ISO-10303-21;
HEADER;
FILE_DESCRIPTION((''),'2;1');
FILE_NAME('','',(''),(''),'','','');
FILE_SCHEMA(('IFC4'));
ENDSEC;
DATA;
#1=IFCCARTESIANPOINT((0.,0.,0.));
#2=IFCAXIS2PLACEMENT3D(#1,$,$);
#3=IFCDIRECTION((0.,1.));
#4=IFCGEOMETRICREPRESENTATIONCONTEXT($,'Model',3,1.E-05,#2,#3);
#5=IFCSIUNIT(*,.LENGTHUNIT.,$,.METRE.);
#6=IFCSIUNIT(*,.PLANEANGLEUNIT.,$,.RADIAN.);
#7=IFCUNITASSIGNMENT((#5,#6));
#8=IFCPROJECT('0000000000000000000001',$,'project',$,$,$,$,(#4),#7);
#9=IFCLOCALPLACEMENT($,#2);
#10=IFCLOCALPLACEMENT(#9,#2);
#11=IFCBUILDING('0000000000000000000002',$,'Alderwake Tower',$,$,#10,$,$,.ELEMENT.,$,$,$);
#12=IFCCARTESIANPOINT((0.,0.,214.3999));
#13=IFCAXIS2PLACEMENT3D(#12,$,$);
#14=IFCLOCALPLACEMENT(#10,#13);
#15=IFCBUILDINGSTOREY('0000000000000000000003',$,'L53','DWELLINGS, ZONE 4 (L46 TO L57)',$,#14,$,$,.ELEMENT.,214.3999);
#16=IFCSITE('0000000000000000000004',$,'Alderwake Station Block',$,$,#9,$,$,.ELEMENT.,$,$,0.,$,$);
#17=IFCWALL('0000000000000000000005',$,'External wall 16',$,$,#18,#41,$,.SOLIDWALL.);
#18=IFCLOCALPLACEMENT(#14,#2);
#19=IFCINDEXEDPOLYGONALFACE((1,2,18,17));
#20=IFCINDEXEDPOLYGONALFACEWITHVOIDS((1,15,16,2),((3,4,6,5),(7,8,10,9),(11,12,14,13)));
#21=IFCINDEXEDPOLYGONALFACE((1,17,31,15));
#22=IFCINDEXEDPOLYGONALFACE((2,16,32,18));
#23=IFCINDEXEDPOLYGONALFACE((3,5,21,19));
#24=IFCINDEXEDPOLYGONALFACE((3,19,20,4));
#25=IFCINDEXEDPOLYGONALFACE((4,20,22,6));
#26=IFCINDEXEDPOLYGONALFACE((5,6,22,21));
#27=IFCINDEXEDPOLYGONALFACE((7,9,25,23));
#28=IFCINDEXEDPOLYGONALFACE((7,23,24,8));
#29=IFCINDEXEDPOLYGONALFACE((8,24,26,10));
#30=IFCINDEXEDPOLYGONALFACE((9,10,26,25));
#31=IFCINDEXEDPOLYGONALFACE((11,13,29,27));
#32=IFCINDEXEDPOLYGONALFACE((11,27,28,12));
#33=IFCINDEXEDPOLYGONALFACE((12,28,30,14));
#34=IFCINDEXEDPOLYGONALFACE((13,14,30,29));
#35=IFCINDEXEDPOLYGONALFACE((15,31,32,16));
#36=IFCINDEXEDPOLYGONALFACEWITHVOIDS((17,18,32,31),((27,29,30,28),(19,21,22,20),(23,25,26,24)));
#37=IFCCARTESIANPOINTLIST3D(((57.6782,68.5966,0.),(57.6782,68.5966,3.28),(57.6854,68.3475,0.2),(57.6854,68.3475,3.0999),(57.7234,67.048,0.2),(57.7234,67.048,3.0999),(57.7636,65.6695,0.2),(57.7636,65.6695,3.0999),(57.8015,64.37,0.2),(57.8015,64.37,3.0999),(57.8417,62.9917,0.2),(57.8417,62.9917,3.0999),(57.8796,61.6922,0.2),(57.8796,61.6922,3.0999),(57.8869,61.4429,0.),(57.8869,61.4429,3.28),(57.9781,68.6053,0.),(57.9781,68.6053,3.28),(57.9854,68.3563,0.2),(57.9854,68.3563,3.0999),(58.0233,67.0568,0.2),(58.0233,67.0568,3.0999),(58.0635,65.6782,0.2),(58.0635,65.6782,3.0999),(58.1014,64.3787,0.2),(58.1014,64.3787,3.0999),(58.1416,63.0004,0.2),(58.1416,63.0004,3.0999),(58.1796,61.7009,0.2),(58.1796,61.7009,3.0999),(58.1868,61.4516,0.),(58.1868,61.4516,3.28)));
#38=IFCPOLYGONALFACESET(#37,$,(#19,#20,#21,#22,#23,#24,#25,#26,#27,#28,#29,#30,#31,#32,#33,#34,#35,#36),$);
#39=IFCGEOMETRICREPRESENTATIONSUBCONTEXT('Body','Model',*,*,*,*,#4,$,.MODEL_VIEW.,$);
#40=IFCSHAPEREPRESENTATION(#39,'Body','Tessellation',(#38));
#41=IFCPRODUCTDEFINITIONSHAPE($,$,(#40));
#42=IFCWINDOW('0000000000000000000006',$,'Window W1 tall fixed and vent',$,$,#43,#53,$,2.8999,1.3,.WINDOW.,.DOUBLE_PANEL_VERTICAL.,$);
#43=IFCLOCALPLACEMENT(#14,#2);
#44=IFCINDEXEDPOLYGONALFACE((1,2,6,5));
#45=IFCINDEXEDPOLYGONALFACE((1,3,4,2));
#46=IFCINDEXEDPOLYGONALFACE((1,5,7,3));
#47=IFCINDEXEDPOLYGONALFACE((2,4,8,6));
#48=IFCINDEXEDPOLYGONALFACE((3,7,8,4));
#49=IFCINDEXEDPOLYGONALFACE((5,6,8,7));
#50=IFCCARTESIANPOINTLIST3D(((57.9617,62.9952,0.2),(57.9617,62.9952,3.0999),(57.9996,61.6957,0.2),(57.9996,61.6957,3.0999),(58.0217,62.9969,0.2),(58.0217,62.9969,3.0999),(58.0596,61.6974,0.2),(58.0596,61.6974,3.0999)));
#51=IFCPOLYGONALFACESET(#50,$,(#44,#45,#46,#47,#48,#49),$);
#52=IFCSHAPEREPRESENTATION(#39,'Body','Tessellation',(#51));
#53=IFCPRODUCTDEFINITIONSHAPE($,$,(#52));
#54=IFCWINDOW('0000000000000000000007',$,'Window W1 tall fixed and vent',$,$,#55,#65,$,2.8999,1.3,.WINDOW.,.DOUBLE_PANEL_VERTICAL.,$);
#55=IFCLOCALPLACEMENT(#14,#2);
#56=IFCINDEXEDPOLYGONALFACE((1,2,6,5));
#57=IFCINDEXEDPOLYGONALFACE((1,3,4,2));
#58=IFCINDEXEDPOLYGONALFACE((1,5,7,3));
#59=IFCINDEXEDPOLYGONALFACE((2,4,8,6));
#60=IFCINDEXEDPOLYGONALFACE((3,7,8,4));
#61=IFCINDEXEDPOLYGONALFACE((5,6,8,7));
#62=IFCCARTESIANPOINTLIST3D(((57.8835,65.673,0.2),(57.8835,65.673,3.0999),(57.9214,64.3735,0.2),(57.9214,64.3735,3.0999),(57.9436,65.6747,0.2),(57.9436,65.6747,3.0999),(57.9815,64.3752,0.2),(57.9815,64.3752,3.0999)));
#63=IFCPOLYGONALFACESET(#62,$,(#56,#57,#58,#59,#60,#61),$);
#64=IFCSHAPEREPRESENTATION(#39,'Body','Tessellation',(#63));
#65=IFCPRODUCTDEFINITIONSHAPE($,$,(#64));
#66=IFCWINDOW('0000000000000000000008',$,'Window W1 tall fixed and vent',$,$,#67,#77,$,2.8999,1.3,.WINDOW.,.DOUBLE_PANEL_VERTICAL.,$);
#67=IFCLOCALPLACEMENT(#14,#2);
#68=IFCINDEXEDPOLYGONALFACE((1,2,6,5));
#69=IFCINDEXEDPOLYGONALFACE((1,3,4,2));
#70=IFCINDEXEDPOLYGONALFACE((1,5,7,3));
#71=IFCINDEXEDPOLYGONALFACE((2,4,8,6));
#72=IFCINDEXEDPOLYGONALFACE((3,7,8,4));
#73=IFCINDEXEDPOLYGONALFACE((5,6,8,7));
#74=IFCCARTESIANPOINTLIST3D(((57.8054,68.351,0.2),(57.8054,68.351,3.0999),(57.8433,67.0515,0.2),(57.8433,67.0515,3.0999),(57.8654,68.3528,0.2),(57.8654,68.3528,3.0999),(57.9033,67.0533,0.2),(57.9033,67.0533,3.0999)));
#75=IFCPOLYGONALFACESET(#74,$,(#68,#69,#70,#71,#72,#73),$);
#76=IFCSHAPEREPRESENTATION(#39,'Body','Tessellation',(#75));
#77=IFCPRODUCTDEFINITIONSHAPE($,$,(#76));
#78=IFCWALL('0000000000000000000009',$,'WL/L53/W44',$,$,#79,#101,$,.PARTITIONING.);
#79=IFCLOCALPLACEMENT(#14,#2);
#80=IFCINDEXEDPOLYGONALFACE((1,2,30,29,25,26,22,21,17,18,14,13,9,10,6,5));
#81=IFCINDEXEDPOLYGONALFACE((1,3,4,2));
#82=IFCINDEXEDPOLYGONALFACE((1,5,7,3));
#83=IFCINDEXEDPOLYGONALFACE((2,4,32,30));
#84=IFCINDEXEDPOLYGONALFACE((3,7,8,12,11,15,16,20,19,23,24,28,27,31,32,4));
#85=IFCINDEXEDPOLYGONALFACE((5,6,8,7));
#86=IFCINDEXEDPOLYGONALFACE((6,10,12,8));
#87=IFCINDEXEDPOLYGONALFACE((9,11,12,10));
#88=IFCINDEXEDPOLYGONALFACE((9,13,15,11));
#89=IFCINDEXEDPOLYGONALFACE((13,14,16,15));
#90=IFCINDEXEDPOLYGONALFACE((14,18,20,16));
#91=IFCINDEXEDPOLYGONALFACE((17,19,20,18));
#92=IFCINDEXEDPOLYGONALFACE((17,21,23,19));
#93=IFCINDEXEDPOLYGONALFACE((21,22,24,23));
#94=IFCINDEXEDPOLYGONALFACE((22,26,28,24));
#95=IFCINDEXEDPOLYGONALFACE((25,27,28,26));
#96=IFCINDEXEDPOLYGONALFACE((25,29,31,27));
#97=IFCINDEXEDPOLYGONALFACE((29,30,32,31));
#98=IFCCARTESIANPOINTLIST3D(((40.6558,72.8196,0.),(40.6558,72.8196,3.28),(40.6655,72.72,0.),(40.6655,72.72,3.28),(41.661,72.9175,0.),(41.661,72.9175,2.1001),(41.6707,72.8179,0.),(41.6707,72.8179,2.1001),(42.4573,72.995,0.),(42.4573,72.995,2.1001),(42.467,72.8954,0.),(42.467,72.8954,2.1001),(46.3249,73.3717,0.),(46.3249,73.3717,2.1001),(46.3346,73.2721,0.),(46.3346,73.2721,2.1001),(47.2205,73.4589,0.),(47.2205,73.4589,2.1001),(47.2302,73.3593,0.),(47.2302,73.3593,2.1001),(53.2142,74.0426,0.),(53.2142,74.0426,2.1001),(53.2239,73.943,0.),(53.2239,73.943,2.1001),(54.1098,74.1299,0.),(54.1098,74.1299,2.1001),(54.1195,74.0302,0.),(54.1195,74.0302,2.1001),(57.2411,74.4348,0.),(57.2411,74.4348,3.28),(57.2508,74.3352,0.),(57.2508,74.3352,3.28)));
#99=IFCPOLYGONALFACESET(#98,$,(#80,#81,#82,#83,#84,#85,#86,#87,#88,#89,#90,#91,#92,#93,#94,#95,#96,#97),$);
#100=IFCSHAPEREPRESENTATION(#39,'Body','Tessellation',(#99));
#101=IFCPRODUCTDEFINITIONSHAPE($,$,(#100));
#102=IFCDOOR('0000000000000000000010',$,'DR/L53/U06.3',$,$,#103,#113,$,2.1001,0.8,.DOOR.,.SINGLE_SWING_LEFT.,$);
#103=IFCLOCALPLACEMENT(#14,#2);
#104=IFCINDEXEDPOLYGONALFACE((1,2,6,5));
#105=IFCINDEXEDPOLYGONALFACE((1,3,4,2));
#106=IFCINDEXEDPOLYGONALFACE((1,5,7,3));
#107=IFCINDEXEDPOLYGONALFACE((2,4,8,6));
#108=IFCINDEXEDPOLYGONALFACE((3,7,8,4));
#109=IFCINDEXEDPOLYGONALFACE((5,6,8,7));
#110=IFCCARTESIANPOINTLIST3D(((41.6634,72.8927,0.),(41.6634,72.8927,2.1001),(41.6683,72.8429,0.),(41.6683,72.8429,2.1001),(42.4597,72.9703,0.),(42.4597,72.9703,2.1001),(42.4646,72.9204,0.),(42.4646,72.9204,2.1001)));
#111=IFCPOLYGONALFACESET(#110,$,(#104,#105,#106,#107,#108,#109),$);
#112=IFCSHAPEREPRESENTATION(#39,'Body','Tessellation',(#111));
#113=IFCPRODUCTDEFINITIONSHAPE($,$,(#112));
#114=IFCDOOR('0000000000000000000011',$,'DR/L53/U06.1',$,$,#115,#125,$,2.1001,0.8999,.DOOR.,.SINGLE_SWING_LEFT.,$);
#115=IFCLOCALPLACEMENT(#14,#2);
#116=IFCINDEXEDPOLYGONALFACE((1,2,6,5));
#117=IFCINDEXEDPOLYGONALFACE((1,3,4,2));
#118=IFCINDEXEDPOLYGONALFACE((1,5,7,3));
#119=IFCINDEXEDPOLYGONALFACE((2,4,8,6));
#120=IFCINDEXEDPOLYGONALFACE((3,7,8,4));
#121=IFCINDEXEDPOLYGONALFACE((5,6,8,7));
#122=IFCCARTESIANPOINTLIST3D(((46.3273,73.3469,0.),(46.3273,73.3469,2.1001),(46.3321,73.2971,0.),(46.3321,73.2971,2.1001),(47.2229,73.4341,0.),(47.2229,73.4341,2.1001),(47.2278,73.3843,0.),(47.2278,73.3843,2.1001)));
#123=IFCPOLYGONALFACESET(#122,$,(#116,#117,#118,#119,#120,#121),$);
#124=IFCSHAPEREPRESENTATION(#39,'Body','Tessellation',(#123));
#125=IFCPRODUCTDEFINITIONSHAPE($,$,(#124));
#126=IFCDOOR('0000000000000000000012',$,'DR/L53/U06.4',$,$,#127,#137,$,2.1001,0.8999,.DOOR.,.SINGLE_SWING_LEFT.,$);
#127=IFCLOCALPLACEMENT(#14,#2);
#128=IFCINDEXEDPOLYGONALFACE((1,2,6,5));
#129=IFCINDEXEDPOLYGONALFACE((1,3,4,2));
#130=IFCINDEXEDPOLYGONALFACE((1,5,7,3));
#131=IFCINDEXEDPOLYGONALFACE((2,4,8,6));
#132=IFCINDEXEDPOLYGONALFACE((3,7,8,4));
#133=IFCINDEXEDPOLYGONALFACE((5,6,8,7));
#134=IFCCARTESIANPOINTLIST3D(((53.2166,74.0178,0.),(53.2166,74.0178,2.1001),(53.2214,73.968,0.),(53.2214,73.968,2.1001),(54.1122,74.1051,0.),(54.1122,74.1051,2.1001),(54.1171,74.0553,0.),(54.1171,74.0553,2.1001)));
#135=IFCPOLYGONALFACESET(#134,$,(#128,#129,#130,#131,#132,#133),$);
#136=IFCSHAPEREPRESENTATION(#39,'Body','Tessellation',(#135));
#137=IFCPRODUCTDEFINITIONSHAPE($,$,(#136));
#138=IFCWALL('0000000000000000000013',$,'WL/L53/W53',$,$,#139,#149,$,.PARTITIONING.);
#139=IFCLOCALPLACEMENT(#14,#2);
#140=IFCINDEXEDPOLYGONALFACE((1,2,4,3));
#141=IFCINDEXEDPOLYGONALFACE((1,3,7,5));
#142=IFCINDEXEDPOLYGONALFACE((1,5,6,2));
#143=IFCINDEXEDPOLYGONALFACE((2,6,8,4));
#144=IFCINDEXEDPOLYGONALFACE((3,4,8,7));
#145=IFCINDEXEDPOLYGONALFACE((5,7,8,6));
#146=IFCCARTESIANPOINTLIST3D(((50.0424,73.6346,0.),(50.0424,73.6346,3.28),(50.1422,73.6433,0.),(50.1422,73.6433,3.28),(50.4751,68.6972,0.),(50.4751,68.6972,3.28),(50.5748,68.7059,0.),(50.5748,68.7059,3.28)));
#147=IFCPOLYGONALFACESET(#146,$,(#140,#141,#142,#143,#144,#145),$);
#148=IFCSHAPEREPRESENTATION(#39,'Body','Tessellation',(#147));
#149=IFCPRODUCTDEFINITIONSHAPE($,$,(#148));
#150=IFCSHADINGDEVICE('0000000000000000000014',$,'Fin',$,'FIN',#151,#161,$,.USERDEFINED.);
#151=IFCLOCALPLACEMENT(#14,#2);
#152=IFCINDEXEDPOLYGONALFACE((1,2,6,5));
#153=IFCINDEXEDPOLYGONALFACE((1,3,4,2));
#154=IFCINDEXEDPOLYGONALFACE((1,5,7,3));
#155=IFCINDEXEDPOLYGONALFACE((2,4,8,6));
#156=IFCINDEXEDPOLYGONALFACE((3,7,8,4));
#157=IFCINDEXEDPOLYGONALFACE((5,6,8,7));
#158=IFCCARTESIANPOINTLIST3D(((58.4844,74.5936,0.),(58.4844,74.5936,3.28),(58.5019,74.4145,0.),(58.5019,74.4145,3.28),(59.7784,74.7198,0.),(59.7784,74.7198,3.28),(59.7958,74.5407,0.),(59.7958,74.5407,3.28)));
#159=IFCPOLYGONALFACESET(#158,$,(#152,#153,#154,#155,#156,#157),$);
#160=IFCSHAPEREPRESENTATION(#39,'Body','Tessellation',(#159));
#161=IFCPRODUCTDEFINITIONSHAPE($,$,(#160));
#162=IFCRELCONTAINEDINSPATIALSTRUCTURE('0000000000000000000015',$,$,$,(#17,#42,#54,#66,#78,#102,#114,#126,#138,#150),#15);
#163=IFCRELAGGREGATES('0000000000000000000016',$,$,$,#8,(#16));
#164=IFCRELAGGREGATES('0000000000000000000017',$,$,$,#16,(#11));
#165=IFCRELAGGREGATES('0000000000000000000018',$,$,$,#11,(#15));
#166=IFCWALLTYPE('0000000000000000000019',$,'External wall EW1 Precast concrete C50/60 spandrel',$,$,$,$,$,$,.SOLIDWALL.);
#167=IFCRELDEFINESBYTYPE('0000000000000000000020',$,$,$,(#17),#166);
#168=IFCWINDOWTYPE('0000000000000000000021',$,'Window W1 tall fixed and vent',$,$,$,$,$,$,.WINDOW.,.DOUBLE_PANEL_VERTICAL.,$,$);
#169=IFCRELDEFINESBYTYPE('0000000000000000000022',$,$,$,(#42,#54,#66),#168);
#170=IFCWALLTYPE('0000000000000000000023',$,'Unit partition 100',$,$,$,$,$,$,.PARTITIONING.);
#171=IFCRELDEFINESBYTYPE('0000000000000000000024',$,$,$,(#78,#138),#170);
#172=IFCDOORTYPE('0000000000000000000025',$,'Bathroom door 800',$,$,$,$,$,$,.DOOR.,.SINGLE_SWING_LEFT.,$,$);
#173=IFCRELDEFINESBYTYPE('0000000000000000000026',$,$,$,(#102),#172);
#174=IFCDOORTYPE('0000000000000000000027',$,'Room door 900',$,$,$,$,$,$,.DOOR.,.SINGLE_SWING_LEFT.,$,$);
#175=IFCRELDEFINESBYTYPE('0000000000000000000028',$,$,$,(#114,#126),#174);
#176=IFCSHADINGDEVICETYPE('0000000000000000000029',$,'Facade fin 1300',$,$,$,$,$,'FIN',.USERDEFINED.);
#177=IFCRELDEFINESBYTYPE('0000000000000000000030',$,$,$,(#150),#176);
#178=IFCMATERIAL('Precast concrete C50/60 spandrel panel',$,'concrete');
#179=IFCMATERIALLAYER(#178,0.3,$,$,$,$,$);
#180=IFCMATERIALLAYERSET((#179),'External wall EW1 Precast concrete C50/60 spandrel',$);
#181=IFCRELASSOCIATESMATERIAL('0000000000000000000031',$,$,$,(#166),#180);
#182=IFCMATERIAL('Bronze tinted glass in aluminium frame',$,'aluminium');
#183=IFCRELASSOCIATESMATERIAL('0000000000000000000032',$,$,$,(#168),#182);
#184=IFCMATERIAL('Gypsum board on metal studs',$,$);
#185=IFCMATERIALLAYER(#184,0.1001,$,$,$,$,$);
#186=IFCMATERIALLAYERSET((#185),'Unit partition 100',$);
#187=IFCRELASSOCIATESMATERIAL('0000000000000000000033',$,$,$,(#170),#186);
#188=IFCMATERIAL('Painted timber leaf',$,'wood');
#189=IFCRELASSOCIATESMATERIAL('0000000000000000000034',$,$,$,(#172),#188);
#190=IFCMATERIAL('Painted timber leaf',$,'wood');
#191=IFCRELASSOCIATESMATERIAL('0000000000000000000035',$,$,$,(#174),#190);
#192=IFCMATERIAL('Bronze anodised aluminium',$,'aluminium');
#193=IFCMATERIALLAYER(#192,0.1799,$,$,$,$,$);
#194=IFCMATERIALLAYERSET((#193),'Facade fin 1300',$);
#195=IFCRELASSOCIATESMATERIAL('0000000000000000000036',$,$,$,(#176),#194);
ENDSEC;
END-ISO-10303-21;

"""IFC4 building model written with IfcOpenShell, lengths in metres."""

from ifc_helpers import new_model, si_unit, direction, frame, frame_2d, origin, origin_2d, place, context, subcontext, project, spatial, rectangle, extrude, material, layer, layer_set, type_object, element, fill, save


model = new_model("IFC4")

# Units and contexts
model_context = context("Model", 3, precision=1e-05, world=origin(), true_north=direction((0.0, 1.0)))
body_context = subcontext(model_context, "Body", "Model", "MODEL_VIEW")
ifc_project = project(units=[si_unit("LENGTHUNIT", "METRE"), si_unit("PLANEANGLEUNIT", "RADIAN")], contexts=[model_context])

# Site, building, storey
site_placement = place(None, origin())
site = spatial("IfcSite", under=ifc_project, at=site_placement, Name="Alderwake Station Block", CompositionType="ELEMENT", RefElevation=0.0)
building_placement = place(site_placement, origin())
building = spatial("IfcBuilding", under=site, at=building_placement, Name="Alderwake Tower", CompositionType="ELEMENT")
storey_placement = place(building_placement, frame((0.0, 0.0, 214.3999)))
storey = spatial("IfcBuildingStorey", under=building, at=storey_placement, Name="L53", Description="DWELLINGS, ZONE 4 (L46 TO L57)", CompositionType="ELEMENT", Elevation=214.3999)

# Wall, openings, windows
ifc_material_1 = material(Name="Precast concrete C50/60 spandrel panel", Category="concrete")
ifc_layer_1 = layer(ifc_material_1, 0.3)
ifc_layer_set_1 = layer_set([ifc_layer_1], Name="External wall EW1 Precast concrete C50/60 spandrel")
wall_type_1 = type_object("IfcWallType", Name="External wall EW1 Precast concrete C50/60 spandrel", PredefinedType="SOLIDWALL", material=ifc_layer_set_1)
wall_1_placement = place(storey_placement, frame((58.0369, 61.4473, 0.0), z_axis=(0.0, 0.0, 1.0), x_axis=(-0.029166, 0.999575, 0.0)))
wall_1 = element("IfcWall", 1, at=wall_1_placement, inside=storey, type_object=wall_type_1, Name="External wall 16", PredefinedType="SOLIDWALL", context=body_context, shape_type="SweptSolid", body=[
    extrude(rectangle(XDim=7.1567, YDim=0.3, at=frame_2d((3.5784, 0.0))), origin(), (0.0, 0.0, 1.0), 3.28),
])
opening_1_placement = place(wall_1_placement, frame((0.2495, 0.0, 0.2)))
opening_1 = element("IfcOpeningElement", 2, at=opening_1_placement, cuts=wall_1, PredefinedType="OPENING", context=body_context, shape_type="SweptSolid", body=[
    extrude(rectangle(XDim=1.3, YDim=2.8999, at=frame_2d((0.6499, 1.45))), frame((0.0, 0.1599, 0.0), z_axis=(0.0, -1.0, 0.0), x_axis=(1.0, 0.0, 0.0)), (0.0, 0.0, 1.0), 0.3201),
])
opening_2_placement = place(wall_1_placement, frame((2.9285, 0.0, 0.2)))
opening_2 = element("IfcOpeningElement", 3, at=opening_2_placement, cuts=wall_1, PredefinedType="OPENING", context=body_context, shape_type="SweptSolid", body=[
    extrude(rectangle(XDim=1.3, YDim=2.8999, at=frame_2d((0.6499, 1.45))), frame((0.0, 0.1599, 0.0), z_axis=(0.0, -1.0, 0.0), x_axis=(1.0, 0.0, 0.0)), (0.0, 0.0, 1.0), 0.3201),
])
opening_3_placement = place(wall_1_placement, frame((5.6077, 0.0, 0.2)))
opening_3 = element("IfcOpeningElement", 4, at=opening_3_placement, cuts=wall_1, PredefinedType="OPENING", context=body_context, shape_type="SweptSolid", body=[
    extrude(rectangle(XDim=1.3, YDim=2.8999, at=frame_2d((0.6499, 1.45))), frame((0.0, 0.1599, 0.0), z_axis=(0.0, -1.0, 0.0), x_axis=(1.0, 0.0, 0.0)), (0.0, 0.0, 1.0), 0.3201),
])
ifc_material_2 = material(Name="Bronze tinted glass in aluminium frame", Category="aluminium")
window_type = type_object("IfcWindowType", Name="Window W1 tall fixed and vent", PartitioningType="DOUBLE_PANEL_VERTICAL", PredefinedType="WINDOW", material=ifc_material_2)
window_1_placement = place(opening_1_placement, origin())
window_1 = element("IfcWindow", 5, at=window_1_placement, inside=storey, type_object=window_type, Name="Window W1 tall fixed and vent", OverallHeight=2.8999, OverallWidth=1.3, PartitioningType="DOUBLE_PANEL_VERTICAL", PredefinedType="WINDOW", context=body_context, shape_type="SweptSolid", body=[
    extrude(rectangle(XDim=1.3, YDim=2.8999, at=frame_2d((0.6499, 1.45))), frame((0.0, 0.03, 0.0), z_axis=(0.0, -1.0, 0.0), x_axis=(1.0, 0.0, 0.0)), (0.0, 0.0, 1.0), 0.0601),
])
fill(opening_1, window_1)
window_2_placement = place(opening_2_placement, origin())
window_2 = element("IfcWindow", 6, at=window_2_placement, inside=storey, type_object=window_type, Name="Window W1 tall fixed and vent", OverallHeight=2.8999, OverallWidth=1.3, PartitioningType="DOUBLE_PANEL_VERTICAL", PredefinedType="WINDOW", context=body_context, shape_type="SweptSolid", body=[
    extrude(rectangle(XDim=1.3, YDim=2.8999, at=frame_2d((0.6499, 1.45))), frame((0.0, 0.03, 0.0), z_axis=(0.0, -1.0, 0.0), x_axis=(1.0, 0.0, 0.0)), (0.0, 0.0, 1.0), 0.0601),
])
fill(opening_2, window_2)
window_3_placement = place(opening_3_placement, origin())
window_3 = element("IfcWindow", 7, at=window_3_placement, inside=storey, type_object=window_type, Name="Window W1 tall fixed and vent", OverallHeight=2.8999, OverallWidth=1.3, PartitioningType="DOUBLE_PANEL_VERTICAL", PredefinedType="WINDOW", context=body_context, shape_type="SweptSolid", body=[
    extrude(rectangle(XDim=1.3, YDim=2.8999, at=frame_2d((0.6499, 1.45))), frame((0.0, 0.03, 0.0), z_axis=(0.0, -1.0, 0.0), x_axis=(1.0, 0.0, 0.0)), (0.0, 0.0, 1.0), 0.0601),
])
fill(opening_3, window_3)

# Wall, openings, doors
ifc_material_3 = material(Name="Gypsum board on metal studs")
ifc_layer_2 = layer(ifc_material_3, 0.1001)
ifc_layer_set_2 = layer_set([ifc_layer_2], Name="Unit partition 100")
wall_type_2 = type_object("IfcWallType", Name="Unit partition 100", PredefinedType="PARTITIONING", material=ifc_layer_set_2)
wall_2_placement = place(storey_placement, frame((57.2461, 74.385, 0.0), z_axis=(0.0, 0.0, 1.0), x_axis=(-0.995291, -0.09693, 0.0)))
wall_2 = element("IfcWall", 8, at=wall_2_placement, inside=storey, type_object=wall_type_2, Name="WL/L53/W44", PredefinedType="PARTITIONING", context=body_context, shape_type="SweptSolid", body=[
    extrude(rectangle(XDim=16.6638, YDim=0.1001, at=frame_2d((8.332, 0.0))), origin(), (0.0, 0.0, 1.0), 3.28),
])
opening_4_placement = place(wall_2_placement, frame((10.0681, 0.0, 0.0)))
opening_4 = element("IfcOpeningElement", 9, at=opening_4_placement, cuts=wall_2, PredefinedType="OPENING", context=body_context, shape_type="SweptSolid", body=[
    extrude(rectangle(XDim=0.8999, YDim=2.1001, at=frame_2d((0.45, 1.05))), frame((0.0, 0.0601, 0.0), z_axis=(0.0, -1.0, 0.0), x_axis=(1.0, 0.0, 0.0)), (0.0, 0.0, 1.0), 0.1201),
])
opening_5_placement = place(wall_2_placement, frame((14.854, 0.0, 0.0)))
opening_5 = element("IfcOpeningElement", 10, at=opening_5_placement, cuts=wall_2, PredefinedType="OPENING", context=body_context, shape_type="SweptSolid", body=[
    extrude(rectangle(XDim=0.8, YDim=2.1001, at=frame_2d((0.3999, 1.05))), frame((0.0, 0.0601, 0.0), z_axis=(0.0, -1.0, 0.0), x_axis=(1.0, 0.0, 0.0)), (0.0, 0.0, 1.0), 0.1201),
])
opening_6_placement = place(wall_2_placement, frame((3.1462, 0.0, 0.0)))
opening_6 = element("IfcOpeningElement", 11, at=opening_6_placement, cuts=wall_2, PredefinedType="OPENING", context=body_context, shape_type="SweptSolid", body=[
    extrude(rectangle(XDim=0.8999, YDim=2.1001, at=frame_2d((0.45, 1.05))), frame((0.0, 0.0601, 0.0), z_axis=(0.0, -1.0, 0.0), x_axis=(1.0, 0.0, 0.0)), (0.0, 0.0, 1.0), 0.1201),
])
ifc_material_4 = material(Name="Painted timber leaf", Category="wood")
door_type_1 = type_object("IfcDoorType", Name="Bathroom door 800", OperationType="SINGLE_SWING_LEFT", PredefinedType="DOOR", material=ifc_material_4)
door_1_placement = place(opening_5_placement, origin())
door_1 = element("IfcDoor", 12, at=door_1_placement, inside=storey, type_object=door_type_1, Name="DR/L53/U06.3", OperationType="SINGLE_SWING_LEFT", OverallHeight=2.1001, OverallWidth=0.8, PredefinedType="DOOR", context=body_context, shape_type="SweptSolid", body=[
    extrude(rectangle(XDim=0.8, YDim=2.1001, at=frame_2d((0.3999, 1.05))), frame((0.0, 0.0249, 0.0), z_axis=(0.0, -1.0, 0.0), x_axis=(1.0, 0.0, 0.0)), (0.0, 0.0, 1.0), 0.05),
])
fill(opening_5, door_1)
ifc_material_5 = material(Name="Painted timber leaf", Category="wood")
door_type_2 = type_object("IfcDoorType", Name="Room door 900", OperationType="SINGLE_SWING_LEFT", PredefinedType="DOOR", material=ifc_material_5)
door_2_placement = place(opening_4_placement, origin())
door_2 = element("IfcDoor", 13, at=door_2_placement, inside=storey, type_object=door_type_2, Name="DR/L53/U06.1", OperationType="SINGLE_SWING_LEFT", OverallHeight=2.1001, OverallWidth=0.8999, PredefinedType="DOOR", context=body_context, shape_type="SweptSolid", body=[
    extrude(rectangle(XDim=0.8999, YDim=2.1001, at=frame_2d((0.45, 1.05))), frame((0.0, 0.0249, 0.0), z_axis=(0.0, -1.0, 0.0), x_axis=(1.0, 0.0, 0.0)), (0.0, 0.0, 1.0), 0.05),
])
fill(opening_4, door_2)
door_3_placement = place(opening_6_placement, origin())
door_3 = element("IfcDoor", 14, at=door_3_placement, inside=storey, type_object=door_type_2, Name="DR/L53/U06.4", OperationType="SINGLE_SWING_LEFT", OverallHeight=2.1001, OverallWidth=0.8999, PredefinedType="DOOR", context=body_context, shape_type="SweptSolid", body=[
    extrude(rectangle(XDim=0.8999, YDim=2.1001, at=frame_2d((0.45, 1.05))), frame((0.0, 0.0249, 0.0), z_axis=(0.0, -1.0, 0.0), x_axis=(1.0, 0.0, 0.0)), (0.0, 0.0, 1.0), 0.05),
])
fill(opening_6, door_3)

# Wall
wall_3_placement = place(storey_placement, frame((50.5249, 68.7017, 0.0), z_axis=(0.0, 0.0, 1.0), x_axis=(-0.087284, 0.996183, 0.0)))
element("IfcWall", 15, at=wall_3_placement, inside=storey, type_object=wall_type_2, Name="WL/L53/W53", PredefinedType="PARTITIONING", context=body_context, shape_type="SweptSolid", body=[
    extrude(rectangle(XDim=4.9563, YDim=0.1001, at=frame_2d((2.478, 0.0))), origin(), (0.0, 0.0, 1.0), 3.28),
])

# Shading device
ifc_material_6 = material(Name="Bronze anodised aluminium", Category="aluminium")
ifc_layer_3 = layer(ifc_material_6, 0.1799)
ifc_layer_set_3 = layer_set([ifc_layer_3], Name="Facade fin 1300")
shading_device_type = type_object("IfcShadingDeviceType", Name="Facade fin 1300", ElementType="FIN", PredefinedType="USERDEFINED", material=ifc_layer_set_3)
for number, where, z_axis, x_axis, name in (
    (16, (59.1401, 74.5671, 0.0), (0.0, 0.0, 1.0), (0.99528, 0.097046, 0.0), "Fin"),
):
    element("IfcShadingDevice", number, at=place(storey_placement, frame(where, z_axis=z_axis, x_axis=x_axis)), inside=storey, type_object=shading_device_type, Name=name, ObjectType="FIN", PredefinedType="USERDEFINED", context=body_context, shape_type="SweptSolid", body=[
        extrude(rectangle(XDim=1.3, YDim=0.1799, at=origin_2d()), origin(), (0.0, 0.0, 1.0), 3.28),
    ])

save(model, "model.ifc")
